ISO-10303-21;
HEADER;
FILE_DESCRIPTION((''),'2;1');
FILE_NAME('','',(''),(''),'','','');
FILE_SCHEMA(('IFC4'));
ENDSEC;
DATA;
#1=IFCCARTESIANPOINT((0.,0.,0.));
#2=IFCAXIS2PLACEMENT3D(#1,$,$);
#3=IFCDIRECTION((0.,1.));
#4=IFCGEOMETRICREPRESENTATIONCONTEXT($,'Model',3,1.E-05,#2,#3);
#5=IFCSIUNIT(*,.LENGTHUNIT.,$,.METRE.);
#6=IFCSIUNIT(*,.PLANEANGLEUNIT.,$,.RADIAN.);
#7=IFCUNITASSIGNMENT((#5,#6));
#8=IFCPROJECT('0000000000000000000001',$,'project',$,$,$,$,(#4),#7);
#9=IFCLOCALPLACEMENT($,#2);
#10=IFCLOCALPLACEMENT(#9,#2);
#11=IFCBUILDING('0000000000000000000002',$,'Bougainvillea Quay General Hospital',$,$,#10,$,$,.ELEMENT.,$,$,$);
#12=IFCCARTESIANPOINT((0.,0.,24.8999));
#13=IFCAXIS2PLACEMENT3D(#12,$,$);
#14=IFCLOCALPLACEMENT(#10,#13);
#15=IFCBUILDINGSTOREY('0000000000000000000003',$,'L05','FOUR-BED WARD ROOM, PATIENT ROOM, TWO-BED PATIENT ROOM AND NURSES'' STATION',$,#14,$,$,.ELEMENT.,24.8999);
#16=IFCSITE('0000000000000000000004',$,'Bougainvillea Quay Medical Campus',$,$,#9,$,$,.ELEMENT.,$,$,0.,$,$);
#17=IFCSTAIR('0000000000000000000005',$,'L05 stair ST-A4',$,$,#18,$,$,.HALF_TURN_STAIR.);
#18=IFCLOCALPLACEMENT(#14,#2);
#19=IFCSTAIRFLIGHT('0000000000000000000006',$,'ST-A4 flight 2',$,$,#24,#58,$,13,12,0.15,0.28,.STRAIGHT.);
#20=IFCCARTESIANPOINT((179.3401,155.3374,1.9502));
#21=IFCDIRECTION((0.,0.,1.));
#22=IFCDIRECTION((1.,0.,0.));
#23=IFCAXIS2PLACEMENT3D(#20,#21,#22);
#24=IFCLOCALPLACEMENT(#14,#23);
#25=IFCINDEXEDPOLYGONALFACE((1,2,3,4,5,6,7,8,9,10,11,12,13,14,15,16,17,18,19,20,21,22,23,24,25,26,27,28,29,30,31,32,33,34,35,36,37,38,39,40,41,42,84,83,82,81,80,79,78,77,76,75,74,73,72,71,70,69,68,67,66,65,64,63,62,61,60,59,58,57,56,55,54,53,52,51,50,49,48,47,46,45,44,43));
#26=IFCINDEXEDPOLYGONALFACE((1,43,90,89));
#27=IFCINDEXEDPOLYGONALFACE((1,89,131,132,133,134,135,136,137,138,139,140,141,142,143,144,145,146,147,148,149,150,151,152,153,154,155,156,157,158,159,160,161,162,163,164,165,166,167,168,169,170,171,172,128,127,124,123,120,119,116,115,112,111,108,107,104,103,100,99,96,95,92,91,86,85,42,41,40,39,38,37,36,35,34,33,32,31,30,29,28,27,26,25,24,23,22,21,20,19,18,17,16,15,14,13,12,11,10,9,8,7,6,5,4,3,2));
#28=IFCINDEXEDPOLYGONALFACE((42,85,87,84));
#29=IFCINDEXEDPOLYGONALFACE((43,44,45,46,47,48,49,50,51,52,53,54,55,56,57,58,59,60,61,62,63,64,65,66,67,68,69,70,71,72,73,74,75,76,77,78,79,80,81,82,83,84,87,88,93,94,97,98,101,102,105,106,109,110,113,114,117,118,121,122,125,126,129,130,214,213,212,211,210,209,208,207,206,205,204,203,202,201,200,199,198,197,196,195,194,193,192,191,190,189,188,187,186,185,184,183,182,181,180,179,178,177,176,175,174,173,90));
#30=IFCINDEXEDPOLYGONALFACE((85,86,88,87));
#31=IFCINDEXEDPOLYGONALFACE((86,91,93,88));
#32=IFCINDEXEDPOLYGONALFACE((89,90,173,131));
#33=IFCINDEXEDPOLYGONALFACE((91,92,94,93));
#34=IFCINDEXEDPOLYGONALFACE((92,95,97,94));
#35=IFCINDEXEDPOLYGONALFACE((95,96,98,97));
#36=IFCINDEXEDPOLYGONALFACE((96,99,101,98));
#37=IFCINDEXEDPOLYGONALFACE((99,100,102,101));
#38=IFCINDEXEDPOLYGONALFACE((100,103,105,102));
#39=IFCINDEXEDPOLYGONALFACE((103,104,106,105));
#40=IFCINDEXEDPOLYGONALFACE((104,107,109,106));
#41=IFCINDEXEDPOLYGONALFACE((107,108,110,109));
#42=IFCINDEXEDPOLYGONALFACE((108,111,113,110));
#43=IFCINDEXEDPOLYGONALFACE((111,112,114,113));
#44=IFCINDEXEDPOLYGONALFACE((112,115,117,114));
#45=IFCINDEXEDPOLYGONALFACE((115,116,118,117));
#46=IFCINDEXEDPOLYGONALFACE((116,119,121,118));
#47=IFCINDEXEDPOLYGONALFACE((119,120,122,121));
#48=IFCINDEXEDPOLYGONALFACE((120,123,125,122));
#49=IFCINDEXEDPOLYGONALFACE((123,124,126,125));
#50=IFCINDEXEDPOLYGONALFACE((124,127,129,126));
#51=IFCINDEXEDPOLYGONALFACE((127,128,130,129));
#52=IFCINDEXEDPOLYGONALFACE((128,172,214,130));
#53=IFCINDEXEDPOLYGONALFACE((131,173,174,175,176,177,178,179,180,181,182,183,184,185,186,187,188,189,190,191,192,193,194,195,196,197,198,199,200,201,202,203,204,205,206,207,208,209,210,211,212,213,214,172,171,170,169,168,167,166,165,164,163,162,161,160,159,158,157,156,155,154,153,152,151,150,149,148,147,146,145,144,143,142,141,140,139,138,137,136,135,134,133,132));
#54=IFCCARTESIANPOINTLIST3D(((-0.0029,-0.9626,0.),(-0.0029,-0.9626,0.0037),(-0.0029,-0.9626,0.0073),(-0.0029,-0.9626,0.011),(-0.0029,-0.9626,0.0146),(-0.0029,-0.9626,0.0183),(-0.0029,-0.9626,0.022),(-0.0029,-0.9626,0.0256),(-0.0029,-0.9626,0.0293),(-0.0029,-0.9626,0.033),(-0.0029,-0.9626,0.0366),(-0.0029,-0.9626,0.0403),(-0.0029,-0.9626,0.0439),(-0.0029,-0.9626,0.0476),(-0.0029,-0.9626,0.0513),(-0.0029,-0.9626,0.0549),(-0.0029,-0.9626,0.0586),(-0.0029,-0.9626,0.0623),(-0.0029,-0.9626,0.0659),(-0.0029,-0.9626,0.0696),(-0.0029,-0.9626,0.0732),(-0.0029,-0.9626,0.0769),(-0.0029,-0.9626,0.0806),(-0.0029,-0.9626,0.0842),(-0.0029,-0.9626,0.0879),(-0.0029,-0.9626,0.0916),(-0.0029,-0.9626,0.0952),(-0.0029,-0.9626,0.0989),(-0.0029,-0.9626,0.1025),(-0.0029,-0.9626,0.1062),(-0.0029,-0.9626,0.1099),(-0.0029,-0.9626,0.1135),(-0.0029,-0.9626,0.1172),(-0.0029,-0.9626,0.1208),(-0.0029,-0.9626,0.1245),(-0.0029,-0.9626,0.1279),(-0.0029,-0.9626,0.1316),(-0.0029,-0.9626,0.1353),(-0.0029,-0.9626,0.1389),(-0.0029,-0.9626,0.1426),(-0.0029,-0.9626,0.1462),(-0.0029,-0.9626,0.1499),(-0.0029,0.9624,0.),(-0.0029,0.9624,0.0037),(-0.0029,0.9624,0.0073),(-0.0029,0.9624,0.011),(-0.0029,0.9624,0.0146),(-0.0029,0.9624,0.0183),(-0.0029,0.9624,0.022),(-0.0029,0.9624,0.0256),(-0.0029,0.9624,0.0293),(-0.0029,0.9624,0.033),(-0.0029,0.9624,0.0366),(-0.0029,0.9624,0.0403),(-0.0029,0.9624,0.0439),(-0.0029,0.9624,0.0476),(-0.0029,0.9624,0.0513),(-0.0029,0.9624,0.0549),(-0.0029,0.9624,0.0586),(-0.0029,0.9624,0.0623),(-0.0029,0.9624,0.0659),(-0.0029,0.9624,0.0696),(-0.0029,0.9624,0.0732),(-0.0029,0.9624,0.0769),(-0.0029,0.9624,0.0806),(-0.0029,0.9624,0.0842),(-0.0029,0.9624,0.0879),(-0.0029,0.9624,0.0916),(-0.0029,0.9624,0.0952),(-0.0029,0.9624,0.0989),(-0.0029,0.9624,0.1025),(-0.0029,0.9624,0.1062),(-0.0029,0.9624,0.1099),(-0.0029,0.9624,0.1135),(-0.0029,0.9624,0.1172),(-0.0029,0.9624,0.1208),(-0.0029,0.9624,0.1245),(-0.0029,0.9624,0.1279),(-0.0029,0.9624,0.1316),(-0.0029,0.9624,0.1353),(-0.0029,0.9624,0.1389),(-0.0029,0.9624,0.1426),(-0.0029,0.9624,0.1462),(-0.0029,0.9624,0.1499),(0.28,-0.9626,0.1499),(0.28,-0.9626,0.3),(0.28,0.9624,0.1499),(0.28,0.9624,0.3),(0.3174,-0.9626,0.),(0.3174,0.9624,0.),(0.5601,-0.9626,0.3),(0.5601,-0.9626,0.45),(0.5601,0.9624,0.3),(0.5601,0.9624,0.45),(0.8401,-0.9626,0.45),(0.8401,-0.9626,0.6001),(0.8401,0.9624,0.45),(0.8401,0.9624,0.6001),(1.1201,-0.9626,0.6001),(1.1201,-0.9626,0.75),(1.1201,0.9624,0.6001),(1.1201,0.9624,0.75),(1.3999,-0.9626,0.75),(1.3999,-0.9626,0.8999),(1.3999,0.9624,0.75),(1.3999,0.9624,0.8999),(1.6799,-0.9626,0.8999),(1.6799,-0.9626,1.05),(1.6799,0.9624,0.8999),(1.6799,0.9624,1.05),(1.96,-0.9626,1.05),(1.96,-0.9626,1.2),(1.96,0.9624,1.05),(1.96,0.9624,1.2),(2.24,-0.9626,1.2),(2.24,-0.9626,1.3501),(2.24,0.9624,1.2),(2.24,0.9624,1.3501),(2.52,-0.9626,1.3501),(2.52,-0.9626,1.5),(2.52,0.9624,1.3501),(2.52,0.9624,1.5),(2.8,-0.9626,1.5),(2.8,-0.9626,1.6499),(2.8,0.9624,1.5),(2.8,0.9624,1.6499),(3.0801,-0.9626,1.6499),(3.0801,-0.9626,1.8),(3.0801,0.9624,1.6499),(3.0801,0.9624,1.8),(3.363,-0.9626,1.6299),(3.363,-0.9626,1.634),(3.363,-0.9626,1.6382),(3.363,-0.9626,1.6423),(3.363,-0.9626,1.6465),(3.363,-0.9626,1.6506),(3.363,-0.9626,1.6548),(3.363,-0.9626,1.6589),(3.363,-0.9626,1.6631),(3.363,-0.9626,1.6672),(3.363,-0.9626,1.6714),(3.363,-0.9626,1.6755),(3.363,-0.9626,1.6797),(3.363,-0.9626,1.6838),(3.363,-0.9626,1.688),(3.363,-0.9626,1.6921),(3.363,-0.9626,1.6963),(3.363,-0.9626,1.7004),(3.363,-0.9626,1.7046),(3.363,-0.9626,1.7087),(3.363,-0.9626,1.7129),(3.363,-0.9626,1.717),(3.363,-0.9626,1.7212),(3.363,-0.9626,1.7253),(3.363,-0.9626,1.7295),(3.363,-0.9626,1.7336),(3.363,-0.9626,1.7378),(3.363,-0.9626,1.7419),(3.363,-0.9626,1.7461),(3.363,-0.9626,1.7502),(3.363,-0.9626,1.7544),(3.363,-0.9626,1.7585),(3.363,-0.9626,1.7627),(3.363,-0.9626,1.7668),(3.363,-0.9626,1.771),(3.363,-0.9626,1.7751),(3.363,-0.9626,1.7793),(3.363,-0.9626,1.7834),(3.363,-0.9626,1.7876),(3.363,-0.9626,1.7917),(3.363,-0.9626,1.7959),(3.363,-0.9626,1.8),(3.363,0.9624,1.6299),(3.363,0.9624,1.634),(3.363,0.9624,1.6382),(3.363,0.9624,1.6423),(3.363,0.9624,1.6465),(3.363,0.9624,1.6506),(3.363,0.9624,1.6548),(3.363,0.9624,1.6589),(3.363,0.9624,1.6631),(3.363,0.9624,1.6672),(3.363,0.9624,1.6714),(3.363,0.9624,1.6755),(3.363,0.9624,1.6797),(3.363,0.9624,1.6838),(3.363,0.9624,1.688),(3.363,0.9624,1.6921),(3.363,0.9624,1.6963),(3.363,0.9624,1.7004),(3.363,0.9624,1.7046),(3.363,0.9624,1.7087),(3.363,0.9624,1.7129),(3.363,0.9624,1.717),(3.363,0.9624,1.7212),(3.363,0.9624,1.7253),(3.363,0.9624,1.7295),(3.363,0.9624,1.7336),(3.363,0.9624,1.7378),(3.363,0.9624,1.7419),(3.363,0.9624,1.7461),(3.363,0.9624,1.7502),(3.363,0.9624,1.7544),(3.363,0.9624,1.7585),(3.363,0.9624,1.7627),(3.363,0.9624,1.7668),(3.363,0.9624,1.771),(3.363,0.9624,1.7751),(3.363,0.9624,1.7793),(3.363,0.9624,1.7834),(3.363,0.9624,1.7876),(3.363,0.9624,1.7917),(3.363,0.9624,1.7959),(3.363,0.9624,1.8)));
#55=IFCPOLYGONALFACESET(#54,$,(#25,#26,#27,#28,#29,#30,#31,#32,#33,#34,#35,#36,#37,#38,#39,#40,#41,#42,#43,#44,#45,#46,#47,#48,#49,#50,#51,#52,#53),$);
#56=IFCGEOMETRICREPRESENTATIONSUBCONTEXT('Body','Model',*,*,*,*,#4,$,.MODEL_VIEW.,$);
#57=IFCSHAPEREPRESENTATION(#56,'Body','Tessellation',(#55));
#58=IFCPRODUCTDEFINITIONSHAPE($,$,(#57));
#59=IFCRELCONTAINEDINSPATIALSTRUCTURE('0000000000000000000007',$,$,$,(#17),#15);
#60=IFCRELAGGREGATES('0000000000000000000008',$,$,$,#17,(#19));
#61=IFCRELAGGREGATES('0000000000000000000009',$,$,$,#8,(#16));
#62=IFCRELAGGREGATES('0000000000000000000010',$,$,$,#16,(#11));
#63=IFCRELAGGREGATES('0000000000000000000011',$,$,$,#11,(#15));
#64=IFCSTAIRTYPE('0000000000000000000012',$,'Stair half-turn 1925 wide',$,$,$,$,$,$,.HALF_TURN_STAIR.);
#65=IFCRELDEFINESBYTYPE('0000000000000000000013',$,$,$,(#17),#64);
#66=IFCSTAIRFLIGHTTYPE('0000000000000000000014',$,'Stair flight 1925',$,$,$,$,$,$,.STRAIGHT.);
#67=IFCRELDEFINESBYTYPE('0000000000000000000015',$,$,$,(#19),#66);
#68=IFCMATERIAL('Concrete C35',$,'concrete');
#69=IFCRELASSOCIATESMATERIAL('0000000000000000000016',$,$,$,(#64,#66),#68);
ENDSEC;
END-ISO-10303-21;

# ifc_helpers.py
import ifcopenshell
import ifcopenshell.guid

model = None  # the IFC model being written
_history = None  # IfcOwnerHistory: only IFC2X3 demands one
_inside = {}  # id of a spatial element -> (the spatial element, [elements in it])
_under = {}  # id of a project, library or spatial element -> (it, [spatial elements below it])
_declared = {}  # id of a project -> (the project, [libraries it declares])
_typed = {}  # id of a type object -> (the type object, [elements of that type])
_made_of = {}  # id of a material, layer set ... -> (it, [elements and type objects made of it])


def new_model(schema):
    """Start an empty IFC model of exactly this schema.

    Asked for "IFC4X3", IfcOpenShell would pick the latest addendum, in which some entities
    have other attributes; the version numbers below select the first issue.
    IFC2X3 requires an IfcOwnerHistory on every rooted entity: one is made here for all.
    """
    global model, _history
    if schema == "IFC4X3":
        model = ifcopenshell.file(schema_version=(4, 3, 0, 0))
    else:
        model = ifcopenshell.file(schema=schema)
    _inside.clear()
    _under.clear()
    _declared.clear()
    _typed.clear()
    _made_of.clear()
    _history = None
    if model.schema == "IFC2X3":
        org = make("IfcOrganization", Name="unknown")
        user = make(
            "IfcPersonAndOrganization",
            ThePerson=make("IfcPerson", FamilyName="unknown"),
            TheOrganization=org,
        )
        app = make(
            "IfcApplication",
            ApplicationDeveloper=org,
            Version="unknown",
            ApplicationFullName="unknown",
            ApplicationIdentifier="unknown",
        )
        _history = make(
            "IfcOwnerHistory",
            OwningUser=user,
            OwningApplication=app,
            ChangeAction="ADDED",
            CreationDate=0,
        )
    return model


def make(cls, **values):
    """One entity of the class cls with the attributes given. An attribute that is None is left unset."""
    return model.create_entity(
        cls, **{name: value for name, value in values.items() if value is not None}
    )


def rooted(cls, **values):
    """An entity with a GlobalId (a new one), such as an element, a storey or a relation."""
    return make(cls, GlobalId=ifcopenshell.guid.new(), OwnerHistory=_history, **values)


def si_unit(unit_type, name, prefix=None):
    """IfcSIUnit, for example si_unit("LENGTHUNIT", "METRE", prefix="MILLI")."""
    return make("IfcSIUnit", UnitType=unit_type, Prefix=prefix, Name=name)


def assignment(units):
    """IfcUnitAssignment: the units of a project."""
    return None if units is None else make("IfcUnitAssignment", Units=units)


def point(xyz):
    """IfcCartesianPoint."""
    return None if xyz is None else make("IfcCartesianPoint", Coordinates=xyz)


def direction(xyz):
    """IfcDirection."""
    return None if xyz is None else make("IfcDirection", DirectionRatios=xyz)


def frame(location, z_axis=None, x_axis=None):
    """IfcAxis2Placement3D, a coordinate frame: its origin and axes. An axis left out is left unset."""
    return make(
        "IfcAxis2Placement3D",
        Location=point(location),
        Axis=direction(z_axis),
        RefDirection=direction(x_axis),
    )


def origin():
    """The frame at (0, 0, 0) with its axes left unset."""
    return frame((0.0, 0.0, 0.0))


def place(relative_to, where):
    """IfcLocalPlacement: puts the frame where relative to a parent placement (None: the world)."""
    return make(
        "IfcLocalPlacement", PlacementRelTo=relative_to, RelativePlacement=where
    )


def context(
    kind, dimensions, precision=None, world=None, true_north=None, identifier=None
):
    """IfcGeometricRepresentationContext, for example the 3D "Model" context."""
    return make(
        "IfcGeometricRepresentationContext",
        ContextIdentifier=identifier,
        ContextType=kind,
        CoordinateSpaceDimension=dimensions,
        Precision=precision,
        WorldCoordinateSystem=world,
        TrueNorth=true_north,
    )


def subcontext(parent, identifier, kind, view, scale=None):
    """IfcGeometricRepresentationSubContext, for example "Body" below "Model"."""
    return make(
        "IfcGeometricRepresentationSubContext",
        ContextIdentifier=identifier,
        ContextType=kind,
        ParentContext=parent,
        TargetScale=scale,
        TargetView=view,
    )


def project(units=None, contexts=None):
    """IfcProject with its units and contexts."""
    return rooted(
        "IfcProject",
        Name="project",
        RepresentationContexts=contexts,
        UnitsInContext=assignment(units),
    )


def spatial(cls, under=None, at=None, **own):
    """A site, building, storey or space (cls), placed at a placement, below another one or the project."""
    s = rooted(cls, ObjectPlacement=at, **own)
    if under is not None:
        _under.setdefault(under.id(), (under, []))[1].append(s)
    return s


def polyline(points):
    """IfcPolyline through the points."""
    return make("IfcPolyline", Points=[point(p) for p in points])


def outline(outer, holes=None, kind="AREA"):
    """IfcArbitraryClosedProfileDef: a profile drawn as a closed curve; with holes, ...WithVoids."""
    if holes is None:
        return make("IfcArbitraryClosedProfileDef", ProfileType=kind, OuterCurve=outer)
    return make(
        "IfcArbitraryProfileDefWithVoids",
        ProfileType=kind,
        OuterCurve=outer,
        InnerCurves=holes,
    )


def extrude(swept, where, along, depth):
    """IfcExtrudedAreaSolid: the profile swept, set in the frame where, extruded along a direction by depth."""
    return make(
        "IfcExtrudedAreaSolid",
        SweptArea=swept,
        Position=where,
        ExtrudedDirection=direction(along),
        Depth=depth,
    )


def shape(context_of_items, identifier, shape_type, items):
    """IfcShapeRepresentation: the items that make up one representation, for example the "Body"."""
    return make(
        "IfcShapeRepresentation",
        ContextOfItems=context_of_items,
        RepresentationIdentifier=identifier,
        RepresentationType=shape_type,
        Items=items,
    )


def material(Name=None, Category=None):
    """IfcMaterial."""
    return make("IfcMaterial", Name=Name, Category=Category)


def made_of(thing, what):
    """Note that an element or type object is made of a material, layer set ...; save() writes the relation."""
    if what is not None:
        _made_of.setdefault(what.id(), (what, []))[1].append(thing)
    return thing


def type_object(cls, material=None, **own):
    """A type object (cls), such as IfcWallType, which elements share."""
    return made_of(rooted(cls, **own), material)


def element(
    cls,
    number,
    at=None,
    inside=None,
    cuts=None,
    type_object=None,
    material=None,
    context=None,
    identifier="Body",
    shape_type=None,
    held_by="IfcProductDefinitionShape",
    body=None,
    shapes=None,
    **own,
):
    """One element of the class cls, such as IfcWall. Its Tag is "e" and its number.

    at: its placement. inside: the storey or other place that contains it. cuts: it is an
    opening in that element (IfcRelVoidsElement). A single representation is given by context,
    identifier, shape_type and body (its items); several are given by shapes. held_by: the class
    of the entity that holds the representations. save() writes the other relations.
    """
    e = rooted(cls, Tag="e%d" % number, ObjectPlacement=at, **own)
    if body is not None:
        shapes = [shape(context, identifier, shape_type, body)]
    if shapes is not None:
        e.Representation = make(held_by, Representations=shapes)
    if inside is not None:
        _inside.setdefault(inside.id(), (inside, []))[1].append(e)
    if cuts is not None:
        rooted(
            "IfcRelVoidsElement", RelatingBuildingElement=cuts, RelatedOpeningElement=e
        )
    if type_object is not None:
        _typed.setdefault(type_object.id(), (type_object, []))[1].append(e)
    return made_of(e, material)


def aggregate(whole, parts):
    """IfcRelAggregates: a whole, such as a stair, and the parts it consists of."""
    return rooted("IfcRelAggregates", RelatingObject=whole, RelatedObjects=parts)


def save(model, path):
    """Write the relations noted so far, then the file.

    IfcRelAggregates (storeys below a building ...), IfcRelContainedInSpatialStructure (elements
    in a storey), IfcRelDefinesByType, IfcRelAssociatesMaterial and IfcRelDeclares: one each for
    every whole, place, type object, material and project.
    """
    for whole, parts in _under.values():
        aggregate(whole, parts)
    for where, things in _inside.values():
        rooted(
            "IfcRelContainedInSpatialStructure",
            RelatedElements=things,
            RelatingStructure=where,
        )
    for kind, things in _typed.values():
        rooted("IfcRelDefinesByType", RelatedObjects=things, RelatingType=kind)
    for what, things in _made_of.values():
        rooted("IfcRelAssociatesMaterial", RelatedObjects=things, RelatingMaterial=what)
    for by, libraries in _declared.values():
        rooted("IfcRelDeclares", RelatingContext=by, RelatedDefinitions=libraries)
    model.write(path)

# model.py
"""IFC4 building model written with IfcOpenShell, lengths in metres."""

from ifc_helpers import new_model, si_unit, direction, frame, origin, place, context, subcontext, project, spatial, polyline, outline, extrude, material, type_object, element, aggregate, save


model = new_model("IFC4")

# Units and contexts
model_context = context("Model", 3, precision=1e-05, world=origin(), true_north=direction((0.0, 1.0)))
body_context = subcontext(model_context, "Body", "Model", "MODEL_VIEW")
ifc_project = project(units=[si_unit("LENGTHUNIT", "METRE"), si_unit("PLANEANGLEUNIT", "RADIAN")], contexts=[model_context])

# Site, building, storey
site_placement = place(None, origin())
site = spatial("IfcSite", under=ifc_project, at=site_placement, Name="Bougainvillea Quay Medical Campus", CompositionType="ELEMENT", RefElevation=0.0)
building_placement = place(site_placement, origin())
building = spatial("IfcBuilding", under=site, at=building_placement, Name="Bougainvillea Quay General Hospital", CompositionType="ELEMENT")
storey_placement = place(building_placement, frame((0.0, 0.0, 24.8999)))
storey = spatial("IfcBuildingStorey", under=building, at=storey_placement, Name="L05", Description="FOUR-BED WARD ROOM, PATIENT ROOM, TWO-BED PATIENT ROOM AND NURSES' STATION", CompositionType="ELEMENT", Elevation=24.8999)

# Stair, stair flight
ifc_material_1 = material(Name="Concrete C35", Category="concrete")
stair_type = type_object("IfcStairType", Name="Stair half-turn 1925 wide", PredefinedType="HALF_TURN_STAIR", material=ifc_material_1)
stair_placement = place(storey_placement, origin())
stair = element("IfcStair", 1, at=stair_placement, inside=storey, type_object=stair_type, Name="L05 stair ST-A4", PredefinedType="HALF_TURN_STAIR")
stair_flight_type = type_object("IfcStairFlightType", Name="Stair flight 1925", PredefinedType="STRAIGHT", material=ifc_material_1)
stair_flight_1_placement = place(storey_placement, frame((179.3401, 155.3374, 1.9502), z_axis=(0.0, 0.0, 1.0), x_axis=(1.0, 0.0, 0.0)))
stair_flight_1 = element("IfcStairFlight", 2, at=stair_flight_1_placement, type_object=stair_flight_type, Name="ST-A4 flight 2", NumberOfRisers=13, NumberOfTreads=12, PredefinedType="STRAIGHT", RiserHeight=0.15, TreadLength=0.28, context=body_context, shape_type="SweptSolid", body=[
    extrude(outline(polyline([(-0.0029, 0.0), (-0.0029, 0.0037), (-0.0029, 0.0073), (-0.0029, 0.011), (-0.0029, 0.0146), (-0.0029, 0.0183), (-0.0029, 0.022), (-0.0029, 0.0256), (-0.0029, 0.0293), (-0.0029, 0.033), (-0.0029, 0.0366), (-0.0029, 0.0403), (-0.0029, 0.0439), (-0.0029, 0.0476), (-0.0029, 0.0513), (-0.0029, 0.0549), (-0.0029, 0.0586), (-0.0029, 0.0623), (-0.0029, 0.0659), (-0.0029, 0.0696), (-0.0029, 0.0732), (-0.0029, 0.0769), (-0.0029, 0.0806), (-0.0029, 0.0842), (-0.0029, 0.0879), (-0.0029, 0.0916), (-0.0029, 0.0952), (-0.0029, 0.0989), (-0.0029, 0.1025), (-0.0029, 0.1062), (-0.0029, 0.1099), (-0.0029, 0.1135), (-0.0029, 0.1172), (-0.0029, 0.1208), (-0.0029, 0.1245), (-0.0029, 0.1279), (-0.0029, 0.1316), (-0.0029, 0.1353), (-0.0029, 0.1389), (-0.0029, 0.1426), (-0.0029, 0.1462), (-0.0029, 0.1499), (0.28, 0.1499), (0.28, 0.3), (0.5601, 0.3), (0.5601, 0.45), (0.8401, 0.45), (0.8401, 0.6001), (1.1201, 0.6001), (1.1201, 0.75), (1.3999, 0.75), (1.3999, 0.8999), (1.6799, 0.8999), (1.6799, 1.05), (1.96, 1.05), (1.96, 1.2), (2.24, 1.2), (2.24, 1.3501), (2.52, 1.3501), (2.52, 1.5), (2.8, 1.5), (2.8, 1.6499), (3.0801, 1.6499), (3.0801, 1.8), (3.363, 1.8), (3.363, 1.7959), (3.363, 1.7917), (3.363, 1.7876), (3.363, 1.7834), (3.363, 1.7793), (3.363, 1.7751), (3.363, 1.771), (3.363, 1.7668), (3.363, 1.7627), (3.363, 1.7585), (3.363, 1.7544), (3.363, 1.7502), (3.363, 1.7461), (3.363, 1.7419), (3.363, 1.7378), (3.363, 1.7336), (3.363, 1.7295), (3.363, 1.7253), (3.363, 1.7212), (3.363, 1.717), (3.363, 1.7129), (3.363, 1.7087), (3.363, 1.7046), (3.363, 1.7004), (3.363, 1.6963), (3.363, 1.6921), (3.363, 1.688), (3.363, 1.6838), (3.363, 1.6797), (3.363, 1.6755), (3.363, 1.6714), (3.363, 1.6672), (3.363, 1.6631), (3.363, 1.6589), (3.363, 1.6548), (3.363, 1.6506), (3.363, 1.6465), (3.363, 1.6423), (3.363, 1.6382), (3.363, 1.634), (3.363, 1.6299), (0.3174, 0.0), (-0.0029, 0.0)])), frame((0.0, 0.9624, 0.0), z_axis=(0.0, -1.0, 0.0), x_axis=(1.0, 0.0, 0.0)), (0.0, 0.0, 1.0), 1.925),
])
aggregate(stair, [stair_flight_1])

save(model, "model.ifc")
